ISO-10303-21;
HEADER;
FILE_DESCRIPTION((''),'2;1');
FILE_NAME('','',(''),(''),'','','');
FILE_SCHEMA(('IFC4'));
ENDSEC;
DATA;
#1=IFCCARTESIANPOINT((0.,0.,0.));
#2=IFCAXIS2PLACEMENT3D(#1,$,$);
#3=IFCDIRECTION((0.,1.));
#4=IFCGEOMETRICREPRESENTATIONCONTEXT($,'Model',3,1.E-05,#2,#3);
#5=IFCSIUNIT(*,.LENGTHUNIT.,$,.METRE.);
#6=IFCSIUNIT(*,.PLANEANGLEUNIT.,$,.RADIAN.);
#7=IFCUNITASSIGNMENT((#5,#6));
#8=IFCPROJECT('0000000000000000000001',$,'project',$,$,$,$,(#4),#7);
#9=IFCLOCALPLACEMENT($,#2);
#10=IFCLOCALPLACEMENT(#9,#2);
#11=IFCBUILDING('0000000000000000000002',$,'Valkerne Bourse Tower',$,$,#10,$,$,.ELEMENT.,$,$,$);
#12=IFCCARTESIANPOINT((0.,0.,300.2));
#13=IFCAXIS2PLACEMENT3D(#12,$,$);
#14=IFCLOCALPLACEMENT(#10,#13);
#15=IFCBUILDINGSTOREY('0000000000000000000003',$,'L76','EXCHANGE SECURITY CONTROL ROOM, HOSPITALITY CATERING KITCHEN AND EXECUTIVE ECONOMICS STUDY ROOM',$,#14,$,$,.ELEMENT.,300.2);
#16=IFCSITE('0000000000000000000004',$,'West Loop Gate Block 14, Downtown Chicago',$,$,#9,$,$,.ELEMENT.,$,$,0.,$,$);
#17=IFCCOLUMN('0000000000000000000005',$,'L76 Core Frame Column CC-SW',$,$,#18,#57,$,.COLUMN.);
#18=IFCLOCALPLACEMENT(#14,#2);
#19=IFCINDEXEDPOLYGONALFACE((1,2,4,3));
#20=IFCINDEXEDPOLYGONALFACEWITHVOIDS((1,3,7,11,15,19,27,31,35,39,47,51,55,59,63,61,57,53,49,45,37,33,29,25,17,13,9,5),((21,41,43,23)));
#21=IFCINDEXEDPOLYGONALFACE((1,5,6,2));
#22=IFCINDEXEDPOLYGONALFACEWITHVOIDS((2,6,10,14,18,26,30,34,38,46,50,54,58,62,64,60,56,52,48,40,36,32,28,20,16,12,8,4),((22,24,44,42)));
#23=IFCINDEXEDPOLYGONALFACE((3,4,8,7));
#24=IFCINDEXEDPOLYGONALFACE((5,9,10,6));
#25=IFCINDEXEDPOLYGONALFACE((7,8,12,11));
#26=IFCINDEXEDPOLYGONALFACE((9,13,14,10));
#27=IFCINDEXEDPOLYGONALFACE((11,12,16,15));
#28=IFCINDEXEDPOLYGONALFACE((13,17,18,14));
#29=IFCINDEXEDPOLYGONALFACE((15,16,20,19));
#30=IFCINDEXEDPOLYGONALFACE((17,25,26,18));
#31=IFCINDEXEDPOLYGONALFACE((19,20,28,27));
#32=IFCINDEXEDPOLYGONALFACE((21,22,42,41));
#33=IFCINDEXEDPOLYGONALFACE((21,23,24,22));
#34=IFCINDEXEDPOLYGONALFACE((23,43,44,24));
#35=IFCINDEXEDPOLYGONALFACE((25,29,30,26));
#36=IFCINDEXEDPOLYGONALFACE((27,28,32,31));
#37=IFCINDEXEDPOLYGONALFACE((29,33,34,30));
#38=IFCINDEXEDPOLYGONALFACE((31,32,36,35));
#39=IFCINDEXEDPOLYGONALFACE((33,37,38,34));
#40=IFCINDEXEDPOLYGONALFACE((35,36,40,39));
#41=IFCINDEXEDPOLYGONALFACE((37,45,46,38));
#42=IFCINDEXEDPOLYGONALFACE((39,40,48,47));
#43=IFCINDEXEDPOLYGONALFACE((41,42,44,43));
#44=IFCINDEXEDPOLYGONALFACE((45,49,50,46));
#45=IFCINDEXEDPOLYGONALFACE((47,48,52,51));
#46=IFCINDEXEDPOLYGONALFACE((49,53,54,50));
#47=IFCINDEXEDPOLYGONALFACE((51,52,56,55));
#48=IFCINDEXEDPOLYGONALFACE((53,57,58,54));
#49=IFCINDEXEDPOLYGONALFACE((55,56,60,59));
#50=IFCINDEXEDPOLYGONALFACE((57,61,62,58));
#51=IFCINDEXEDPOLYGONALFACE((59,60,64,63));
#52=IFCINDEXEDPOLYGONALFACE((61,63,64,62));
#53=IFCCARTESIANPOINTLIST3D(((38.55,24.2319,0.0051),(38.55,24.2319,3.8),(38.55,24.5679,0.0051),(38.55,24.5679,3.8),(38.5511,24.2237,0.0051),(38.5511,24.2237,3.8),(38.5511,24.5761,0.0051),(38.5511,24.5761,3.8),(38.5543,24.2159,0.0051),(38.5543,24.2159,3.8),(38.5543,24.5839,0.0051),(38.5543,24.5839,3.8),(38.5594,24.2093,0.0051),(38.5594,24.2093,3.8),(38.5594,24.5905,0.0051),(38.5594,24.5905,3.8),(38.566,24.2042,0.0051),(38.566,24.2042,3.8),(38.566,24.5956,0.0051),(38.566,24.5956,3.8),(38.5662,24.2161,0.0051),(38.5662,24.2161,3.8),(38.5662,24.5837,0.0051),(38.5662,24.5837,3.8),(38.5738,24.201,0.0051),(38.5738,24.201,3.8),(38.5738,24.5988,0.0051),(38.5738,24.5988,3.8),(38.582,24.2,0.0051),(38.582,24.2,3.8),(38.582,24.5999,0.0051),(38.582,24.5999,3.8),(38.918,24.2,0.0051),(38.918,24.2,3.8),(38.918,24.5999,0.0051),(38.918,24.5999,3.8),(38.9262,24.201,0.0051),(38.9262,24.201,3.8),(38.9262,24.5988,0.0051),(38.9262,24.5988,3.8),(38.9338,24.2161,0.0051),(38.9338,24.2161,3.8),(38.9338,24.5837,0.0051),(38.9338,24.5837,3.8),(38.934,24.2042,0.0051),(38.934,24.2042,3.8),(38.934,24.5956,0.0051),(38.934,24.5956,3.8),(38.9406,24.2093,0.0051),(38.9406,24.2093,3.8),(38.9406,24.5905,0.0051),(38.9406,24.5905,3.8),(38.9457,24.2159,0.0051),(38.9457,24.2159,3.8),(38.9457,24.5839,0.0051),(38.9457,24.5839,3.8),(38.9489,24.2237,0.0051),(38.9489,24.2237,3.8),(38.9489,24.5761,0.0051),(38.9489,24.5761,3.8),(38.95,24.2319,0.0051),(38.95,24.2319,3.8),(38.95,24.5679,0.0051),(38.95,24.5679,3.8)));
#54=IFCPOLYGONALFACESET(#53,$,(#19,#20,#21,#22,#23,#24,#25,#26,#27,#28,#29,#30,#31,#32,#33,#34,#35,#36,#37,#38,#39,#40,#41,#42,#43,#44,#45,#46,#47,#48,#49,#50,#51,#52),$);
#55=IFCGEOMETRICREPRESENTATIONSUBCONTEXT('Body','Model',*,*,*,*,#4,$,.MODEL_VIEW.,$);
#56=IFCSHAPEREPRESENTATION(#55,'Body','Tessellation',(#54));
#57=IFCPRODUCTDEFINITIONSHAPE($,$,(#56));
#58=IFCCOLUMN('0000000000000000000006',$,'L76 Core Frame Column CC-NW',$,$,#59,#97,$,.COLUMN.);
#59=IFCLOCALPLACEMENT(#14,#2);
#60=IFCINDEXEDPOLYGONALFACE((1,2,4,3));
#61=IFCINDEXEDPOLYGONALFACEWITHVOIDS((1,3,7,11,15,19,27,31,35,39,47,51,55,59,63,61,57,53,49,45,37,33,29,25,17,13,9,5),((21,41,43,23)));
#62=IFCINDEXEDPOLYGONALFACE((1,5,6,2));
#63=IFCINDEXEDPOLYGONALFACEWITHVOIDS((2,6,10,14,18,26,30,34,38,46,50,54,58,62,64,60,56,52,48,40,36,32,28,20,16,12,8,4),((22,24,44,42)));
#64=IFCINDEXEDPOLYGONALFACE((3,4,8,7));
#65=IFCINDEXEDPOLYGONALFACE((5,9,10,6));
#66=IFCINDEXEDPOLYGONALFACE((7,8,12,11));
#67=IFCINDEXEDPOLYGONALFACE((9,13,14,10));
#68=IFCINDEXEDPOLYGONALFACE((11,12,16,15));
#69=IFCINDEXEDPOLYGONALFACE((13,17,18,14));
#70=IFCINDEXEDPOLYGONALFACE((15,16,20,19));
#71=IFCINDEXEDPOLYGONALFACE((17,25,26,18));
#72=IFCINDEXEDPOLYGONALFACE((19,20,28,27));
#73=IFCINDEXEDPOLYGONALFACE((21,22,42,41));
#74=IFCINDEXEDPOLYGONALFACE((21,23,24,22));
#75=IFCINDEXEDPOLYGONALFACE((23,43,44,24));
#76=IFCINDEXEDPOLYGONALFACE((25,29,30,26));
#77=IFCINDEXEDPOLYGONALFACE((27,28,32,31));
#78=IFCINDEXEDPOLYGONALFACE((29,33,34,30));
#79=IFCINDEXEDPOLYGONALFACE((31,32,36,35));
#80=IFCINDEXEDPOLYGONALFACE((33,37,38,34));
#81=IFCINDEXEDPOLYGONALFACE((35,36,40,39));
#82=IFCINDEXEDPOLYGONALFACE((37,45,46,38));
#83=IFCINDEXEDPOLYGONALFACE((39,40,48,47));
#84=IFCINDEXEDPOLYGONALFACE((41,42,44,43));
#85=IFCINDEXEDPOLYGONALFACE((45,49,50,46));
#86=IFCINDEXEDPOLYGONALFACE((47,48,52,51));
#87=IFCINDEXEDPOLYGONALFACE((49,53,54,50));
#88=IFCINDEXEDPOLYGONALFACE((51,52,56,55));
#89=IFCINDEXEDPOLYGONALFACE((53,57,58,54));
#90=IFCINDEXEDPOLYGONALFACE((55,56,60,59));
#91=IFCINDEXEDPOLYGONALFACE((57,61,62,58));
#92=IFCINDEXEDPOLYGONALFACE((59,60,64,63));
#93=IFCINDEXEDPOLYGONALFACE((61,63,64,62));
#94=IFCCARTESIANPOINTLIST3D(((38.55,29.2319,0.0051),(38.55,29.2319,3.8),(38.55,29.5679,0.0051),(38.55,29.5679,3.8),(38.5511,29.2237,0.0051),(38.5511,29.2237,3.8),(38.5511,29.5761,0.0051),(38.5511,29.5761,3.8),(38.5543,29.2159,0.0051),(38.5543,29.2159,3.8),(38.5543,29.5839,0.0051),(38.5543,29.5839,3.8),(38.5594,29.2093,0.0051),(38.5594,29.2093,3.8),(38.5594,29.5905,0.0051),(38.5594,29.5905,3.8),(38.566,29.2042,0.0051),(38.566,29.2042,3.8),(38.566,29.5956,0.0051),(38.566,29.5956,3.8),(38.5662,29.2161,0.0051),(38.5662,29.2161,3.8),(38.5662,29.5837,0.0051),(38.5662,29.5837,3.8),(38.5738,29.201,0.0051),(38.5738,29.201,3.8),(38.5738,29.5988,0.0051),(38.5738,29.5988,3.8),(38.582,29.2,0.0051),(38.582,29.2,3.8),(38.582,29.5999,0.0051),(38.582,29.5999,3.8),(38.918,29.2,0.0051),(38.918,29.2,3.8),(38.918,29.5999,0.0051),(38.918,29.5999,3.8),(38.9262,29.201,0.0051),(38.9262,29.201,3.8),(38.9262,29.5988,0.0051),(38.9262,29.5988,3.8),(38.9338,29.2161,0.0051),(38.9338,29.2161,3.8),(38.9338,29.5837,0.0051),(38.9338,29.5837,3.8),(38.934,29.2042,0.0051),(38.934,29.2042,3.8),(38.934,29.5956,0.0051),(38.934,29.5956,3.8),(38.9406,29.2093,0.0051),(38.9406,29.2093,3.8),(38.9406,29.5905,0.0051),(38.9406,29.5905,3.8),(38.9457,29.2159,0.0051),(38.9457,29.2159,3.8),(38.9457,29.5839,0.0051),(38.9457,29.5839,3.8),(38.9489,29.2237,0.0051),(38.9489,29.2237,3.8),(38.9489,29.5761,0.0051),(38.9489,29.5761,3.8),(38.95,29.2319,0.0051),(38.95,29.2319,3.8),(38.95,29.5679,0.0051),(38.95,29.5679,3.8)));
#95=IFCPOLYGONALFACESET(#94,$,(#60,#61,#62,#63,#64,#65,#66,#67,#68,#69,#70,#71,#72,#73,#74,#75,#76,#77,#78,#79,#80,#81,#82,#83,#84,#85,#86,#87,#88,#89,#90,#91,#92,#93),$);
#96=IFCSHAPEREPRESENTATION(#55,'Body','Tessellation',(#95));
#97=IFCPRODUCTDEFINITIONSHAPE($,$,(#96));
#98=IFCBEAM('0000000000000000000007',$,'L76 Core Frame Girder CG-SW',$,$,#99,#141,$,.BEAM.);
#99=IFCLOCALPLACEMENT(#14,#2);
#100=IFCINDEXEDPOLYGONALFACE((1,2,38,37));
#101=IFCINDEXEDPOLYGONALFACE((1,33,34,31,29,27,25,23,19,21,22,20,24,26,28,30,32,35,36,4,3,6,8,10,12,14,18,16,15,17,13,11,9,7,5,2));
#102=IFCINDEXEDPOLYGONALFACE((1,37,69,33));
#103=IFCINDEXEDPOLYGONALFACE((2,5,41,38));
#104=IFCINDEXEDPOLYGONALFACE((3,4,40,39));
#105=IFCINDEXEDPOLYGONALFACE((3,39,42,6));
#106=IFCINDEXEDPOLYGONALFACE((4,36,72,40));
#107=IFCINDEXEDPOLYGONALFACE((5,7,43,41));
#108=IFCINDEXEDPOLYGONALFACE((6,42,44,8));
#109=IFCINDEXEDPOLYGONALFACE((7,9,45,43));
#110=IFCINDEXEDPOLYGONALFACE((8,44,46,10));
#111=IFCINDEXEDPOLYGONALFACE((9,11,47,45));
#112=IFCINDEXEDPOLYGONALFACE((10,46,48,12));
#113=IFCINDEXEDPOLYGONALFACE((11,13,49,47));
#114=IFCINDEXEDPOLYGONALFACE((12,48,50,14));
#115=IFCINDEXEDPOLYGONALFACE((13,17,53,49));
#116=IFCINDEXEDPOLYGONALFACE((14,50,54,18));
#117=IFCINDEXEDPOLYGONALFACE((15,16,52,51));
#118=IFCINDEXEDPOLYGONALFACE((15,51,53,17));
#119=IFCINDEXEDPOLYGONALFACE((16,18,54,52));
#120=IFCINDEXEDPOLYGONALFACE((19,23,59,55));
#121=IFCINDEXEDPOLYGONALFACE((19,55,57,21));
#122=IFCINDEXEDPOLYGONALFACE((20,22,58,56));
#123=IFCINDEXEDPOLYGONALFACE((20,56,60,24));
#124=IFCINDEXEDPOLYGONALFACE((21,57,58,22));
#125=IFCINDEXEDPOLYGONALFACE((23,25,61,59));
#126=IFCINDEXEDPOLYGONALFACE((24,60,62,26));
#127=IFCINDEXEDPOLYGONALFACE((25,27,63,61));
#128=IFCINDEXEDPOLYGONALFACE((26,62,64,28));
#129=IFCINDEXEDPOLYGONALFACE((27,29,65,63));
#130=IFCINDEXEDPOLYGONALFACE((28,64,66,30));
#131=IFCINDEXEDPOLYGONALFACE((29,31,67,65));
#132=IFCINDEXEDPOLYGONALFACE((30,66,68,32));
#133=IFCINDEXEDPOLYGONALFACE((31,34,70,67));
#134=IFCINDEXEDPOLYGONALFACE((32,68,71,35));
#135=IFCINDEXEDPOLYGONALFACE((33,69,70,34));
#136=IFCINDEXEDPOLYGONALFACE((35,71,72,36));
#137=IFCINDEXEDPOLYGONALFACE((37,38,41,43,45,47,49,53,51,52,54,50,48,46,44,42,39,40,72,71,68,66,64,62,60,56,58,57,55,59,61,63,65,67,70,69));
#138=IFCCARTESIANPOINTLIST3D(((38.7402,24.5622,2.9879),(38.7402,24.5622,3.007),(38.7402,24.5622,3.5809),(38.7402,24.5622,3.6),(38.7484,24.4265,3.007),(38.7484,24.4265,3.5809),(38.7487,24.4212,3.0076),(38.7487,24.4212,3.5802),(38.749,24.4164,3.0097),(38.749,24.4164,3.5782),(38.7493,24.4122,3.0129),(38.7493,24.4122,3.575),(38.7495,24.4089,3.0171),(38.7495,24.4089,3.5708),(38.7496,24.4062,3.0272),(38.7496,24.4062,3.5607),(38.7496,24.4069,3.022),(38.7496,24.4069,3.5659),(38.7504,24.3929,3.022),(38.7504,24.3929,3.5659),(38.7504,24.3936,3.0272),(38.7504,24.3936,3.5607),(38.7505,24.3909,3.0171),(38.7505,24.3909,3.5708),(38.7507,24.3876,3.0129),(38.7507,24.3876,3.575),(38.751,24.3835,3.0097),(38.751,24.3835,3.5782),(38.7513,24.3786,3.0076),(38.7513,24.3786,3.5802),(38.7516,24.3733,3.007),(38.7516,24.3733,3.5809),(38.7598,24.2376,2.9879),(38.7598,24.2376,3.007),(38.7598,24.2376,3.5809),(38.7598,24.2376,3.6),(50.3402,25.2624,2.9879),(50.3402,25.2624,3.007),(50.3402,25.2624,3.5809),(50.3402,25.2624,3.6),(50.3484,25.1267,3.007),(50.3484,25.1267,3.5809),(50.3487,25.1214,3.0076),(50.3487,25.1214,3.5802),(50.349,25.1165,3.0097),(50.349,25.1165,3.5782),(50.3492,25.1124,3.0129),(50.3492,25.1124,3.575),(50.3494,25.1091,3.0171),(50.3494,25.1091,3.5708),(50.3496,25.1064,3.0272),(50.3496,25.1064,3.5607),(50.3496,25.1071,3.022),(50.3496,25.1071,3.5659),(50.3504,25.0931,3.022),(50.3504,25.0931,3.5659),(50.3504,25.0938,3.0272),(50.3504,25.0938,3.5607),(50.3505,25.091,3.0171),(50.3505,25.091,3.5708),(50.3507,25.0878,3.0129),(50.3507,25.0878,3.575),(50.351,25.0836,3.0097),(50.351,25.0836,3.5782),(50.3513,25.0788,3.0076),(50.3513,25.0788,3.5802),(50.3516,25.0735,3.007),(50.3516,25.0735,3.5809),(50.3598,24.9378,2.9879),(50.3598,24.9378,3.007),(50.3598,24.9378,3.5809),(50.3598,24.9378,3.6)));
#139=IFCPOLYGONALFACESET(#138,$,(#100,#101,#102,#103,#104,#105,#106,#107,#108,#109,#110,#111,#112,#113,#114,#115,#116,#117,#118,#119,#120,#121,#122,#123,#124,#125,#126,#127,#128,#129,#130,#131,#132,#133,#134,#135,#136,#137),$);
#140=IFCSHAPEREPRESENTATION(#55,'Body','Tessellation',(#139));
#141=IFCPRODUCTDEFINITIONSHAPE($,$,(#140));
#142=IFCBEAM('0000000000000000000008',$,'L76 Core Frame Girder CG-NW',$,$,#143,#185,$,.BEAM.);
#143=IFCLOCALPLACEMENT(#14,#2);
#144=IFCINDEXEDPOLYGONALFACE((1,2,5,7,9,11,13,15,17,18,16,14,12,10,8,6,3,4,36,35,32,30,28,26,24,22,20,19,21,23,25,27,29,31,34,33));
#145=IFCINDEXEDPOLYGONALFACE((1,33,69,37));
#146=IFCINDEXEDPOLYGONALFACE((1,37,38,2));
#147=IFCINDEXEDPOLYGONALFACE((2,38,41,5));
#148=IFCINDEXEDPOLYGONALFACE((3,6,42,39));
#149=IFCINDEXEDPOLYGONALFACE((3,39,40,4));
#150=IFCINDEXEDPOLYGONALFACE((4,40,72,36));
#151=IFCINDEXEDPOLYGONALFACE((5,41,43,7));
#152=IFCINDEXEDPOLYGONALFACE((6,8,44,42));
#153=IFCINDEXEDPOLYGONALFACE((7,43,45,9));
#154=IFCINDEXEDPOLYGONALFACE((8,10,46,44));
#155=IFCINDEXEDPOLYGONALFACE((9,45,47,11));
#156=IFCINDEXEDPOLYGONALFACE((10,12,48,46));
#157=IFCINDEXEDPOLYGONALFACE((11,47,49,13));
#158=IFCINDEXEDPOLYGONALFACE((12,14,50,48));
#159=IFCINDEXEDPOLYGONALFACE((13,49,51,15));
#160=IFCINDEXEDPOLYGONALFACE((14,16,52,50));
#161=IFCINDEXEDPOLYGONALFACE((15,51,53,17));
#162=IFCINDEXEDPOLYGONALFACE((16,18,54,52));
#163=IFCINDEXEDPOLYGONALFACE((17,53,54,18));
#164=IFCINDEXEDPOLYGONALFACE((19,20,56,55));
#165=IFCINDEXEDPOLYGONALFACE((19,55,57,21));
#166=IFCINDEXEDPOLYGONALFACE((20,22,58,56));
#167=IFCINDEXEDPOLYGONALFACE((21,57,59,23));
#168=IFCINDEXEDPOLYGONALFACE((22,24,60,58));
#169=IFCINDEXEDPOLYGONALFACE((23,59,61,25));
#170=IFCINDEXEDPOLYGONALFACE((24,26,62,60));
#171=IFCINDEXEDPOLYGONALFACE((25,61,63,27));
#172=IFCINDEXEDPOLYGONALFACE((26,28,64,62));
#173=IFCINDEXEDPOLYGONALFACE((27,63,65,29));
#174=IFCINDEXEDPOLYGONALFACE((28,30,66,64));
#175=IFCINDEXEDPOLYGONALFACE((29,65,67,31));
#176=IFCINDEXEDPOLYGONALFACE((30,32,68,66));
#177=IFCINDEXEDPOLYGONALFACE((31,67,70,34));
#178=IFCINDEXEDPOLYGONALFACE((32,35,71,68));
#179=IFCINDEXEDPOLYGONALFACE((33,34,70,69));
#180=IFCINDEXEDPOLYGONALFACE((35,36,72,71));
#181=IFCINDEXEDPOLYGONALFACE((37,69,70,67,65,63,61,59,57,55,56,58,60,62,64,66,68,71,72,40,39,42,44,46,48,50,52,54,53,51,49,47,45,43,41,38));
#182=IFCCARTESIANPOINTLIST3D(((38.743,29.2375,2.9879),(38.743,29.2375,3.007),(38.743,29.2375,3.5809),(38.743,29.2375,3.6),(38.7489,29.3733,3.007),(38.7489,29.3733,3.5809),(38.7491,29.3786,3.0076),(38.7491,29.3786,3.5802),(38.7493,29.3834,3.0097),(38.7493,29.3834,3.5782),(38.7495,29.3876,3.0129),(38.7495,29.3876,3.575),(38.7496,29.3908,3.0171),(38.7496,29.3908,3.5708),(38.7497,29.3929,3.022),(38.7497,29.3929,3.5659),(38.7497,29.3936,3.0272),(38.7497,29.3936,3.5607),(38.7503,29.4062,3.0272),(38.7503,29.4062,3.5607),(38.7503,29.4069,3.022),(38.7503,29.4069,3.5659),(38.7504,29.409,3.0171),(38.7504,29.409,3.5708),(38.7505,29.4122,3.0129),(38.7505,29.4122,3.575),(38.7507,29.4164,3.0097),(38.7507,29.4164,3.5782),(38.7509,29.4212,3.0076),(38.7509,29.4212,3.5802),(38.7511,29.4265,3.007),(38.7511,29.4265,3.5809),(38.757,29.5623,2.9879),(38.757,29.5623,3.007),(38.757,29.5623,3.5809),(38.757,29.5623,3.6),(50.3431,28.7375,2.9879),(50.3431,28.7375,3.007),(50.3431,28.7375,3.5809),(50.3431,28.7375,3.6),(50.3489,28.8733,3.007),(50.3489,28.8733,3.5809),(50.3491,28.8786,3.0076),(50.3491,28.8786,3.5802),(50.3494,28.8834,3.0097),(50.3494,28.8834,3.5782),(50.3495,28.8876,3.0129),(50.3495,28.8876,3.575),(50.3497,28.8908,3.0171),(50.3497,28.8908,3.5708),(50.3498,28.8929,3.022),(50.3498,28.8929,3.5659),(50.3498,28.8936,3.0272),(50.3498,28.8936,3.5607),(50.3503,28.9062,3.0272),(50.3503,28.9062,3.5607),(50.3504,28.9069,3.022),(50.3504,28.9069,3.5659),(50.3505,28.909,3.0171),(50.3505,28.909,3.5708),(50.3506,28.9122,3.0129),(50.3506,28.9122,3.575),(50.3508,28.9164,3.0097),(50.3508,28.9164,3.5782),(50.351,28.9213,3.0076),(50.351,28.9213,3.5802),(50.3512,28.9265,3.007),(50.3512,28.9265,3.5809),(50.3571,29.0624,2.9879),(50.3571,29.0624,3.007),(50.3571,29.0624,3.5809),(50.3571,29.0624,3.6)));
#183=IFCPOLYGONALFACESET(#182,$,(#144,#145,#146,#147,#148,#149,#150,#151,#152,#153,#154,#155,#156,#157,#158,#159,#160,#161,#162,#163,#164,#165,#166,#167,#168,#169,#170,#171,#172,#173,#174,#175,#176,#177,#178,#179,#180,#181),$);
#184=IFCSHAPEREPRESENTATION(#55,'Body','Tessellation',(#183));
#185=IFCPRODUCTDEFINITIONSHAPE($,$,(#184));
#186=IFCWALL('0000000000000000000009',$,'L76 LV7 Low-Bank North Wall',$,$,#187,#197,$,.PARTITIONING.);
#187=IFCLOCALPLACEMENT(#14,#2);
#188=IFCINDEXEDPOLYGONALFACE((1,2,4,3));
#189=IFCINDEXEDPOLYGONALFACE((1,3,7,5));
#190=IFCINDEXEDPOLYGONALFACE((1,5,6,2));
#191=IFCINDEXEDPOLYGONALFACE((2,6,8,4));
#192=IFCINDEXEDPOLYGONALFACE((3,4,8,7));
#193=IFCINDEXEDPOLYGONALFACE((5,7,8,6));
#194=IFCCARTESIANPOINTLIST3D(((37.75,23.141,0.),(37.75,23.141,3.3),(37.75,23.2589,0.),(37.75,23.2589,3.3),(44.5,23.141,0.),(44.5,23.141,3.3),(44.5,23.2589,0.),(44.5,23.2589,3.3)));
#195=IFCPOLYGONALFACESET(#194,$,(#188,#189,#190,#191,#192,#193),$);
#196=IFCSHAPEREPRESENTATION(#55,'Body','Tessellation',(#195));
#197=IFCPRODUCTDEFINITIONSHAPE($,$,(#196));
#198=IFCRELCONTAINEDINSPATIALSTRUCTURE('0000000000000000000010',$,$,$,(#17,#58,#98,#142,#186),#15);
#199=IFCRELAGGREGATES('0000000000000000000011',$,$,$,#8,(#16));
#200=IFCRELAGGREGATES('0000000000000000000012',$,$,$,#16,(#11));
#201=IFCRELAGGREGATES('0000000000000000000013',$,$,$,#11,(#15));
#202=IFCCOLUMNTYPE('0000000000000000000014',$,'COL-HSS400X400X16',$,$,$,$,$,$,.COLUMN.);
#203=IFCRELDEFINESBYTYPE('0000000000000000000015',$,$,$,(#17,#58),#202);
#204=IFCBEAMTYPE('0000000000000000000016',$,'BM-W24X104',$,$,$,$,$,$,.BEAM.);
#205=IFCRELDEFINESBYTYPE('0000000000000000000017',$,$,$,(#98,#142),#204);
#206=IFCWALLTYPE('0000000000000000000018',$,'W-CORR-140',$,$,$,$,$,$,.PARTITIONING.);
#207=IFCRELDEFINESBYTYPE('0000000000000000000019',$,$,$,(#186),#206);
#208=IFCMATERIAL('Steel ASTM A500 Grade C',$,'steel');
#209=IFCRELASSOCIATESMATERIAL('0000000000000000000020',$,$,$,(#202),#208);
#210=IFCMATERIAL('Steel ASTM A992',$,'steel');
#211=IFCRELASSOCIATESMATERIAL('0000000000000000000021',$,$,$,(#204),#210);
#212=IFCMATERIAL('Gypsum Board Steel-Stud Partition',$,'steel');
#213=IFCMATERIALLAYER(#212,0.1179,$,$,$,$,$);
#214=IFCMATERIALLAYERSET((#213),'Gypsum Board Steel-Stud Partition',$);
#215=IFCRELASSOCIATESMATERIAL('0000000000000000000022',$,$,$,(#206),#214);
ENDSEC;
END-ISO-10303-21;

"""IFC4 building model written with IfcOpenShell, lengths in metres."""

from ifc_helpers import new_model, si_unit, direction, frame, frame_2d, origin, origin_2d, place, context, subcontext, project, spatial, rectangle, hollow_rectangle, i_section, extrude, material, layer, layer_set, material_profile, profile_set, type_object, element, save


model = new_model("IFC4")

# Units and contexts
model_context = context("Model", 3, precision=1e-05, world=origin(), true_north=direction((0.0, 1.0)))
body_context = subcontext(model_context, "Body", "Model", "MODEL_VIEW")
ifc_project = project(units=[si_unit("LENGTHUNIT", "METRE"), si_unit("PLANEANGLEUNIT", "RADIAN")], contexts=[model_context])

# Site, building, storey
site_placement = place(None, origin())
site = spatial("IfcSite", under=ifc_project, at=site_placement, Name="West Loop Gate Block 14, Downtown Chicago", CompositionType="ELEMENT", RefElevation=0.0)
building_placement = place(site_placement, origin())
building = spatial("IfcBuilding", under=site, at=building_placement, Name="Valkerne Bourse Tower", CompositionType="ELEMENT")
storey_placement = place(building_placement, frame((0.0, 0.0, 300.2)))
storey = spatial("IfcBuildingStorey", under=building, at=storey_placement, Name="L76", Description="EXCHANGE SECURITY CONTROL ROOM, HOSPITALITY CATERING KITCHEN AND EXECUTIVE ECONOMICS STUDY ROOM", CompositionType="ELEMENT", Elevation=300.2)

# Columns
ifc_material_1 = material(Name="Steel ASTM A500 Grade C", Category="steel")
ifc_material_profile_1 = material_profile(ifc_material_1, hollow_rectangle(XDim=0.3999, YDim=0.3999, WallThickness=0.0161, OuterFilletRadius=0.032, at=origin_2d()), Name="HSS400X400X16")
ifc_profile_set_1 = profile_set([ifc_material_profile_1], Name="Steel ASTM A500 Grade C")
column_type = type_object("IfcColumnType", Name="COL-HSS400X400X16", PredefinedType="COLUMN", material=ifc_profile_set_1)
for number, where, z_axis, x_axis, name in (
    (1, (38.75, 24.3999, 0.0051), (0.0, 0.0, 1.0), (1.0, 0.0, 0.0), "L76 Core Frame Column CC-SW"),
    (2, (38.75, 29.3999, 0.0051), (0.0, 0.0, 1.0), (1.0, 0.0, 0.0), "L76 Core Frame Column CC-NW"),
):
    element("IfcColumn", number, at=place(storey_placement, frame(where, z_axis=z_axis, x_axis=x_axis)), inside=storey, type_object=column_type, Name=name, PredefinedType="COLUMN", context=body_context, shape_type="SweptSolid", body=[
        extrude(hollow_rectangle(XDim=0.3999, YDim=0.3999, WallThickness=0.0161, OuterFilletRadius=0.032, at=origin_2d()), origin(), (0.0, 0.0, 1.0), 3.7949),
    ])

# Beams
ifc_material_2 = material(Name="Steel ASTM A992", Category="steel")
ifc_material_profile_2 = material_profile(ifc_material_2, i_section(OverallWidth=0.3252, OverallDepth=0.6121, WebThickness=0.0127, FlangeThickness=0.019, FilletRadius=0.0203, at=origin_2d()), Name="W24X104")
ifc_profile_set_2 = profile_set([ifc_material_profile_2], Name="Steel ASTM A992")
beam_type = type_object("IfcBeamType", Name="BM-W24X104", PredefinedType="BEAM", material=ifc_profile_set_2)
beam_1_placement = place(storey_placement, frame((38.75, 24.3999, 3.2939), z_axis=(0.998183, 0.060251, 0.0), x_axis=(-0.060251, 0.998183, 0.0)))
element("IfcBeam", 3, at=beam_1_placement, inside=storey, type_object=beam_type, Name="L76 Core Frame Girder CG-SW", PredefinedType="BEAM", context=body_context, shape_type="SweptSolid", body=[
    extrude(i_section(OverallWidth=0.3252, OverallDepth=0.6121, WebThickness=0.0127, FlangeThickness=0.019, FilletRadius=0.0203, at=origin_2d()), origin(), (0.0, 0.0, 1.0), 11.6211),
])
beam_2_placement = place(storey_placement, frame((38.75, 29.3999, 3.2939), z_axis=(0.999072, -0.043063, 0.0), x_axis=(0.043063, 0.999072, 0.0)))
element("IfcBeam", 4, at=beam_2_placement, inside=storey, type_object=beam_type, Name="L76 Core Frame Girder CG-NW", PredefinedType="BEAM", context=body_context, shape_type="SweptSolid", body=[
    extrude(i_section(OverallWidth=0.3252, OverallDepth=0.6121, WebThickness=0.0127, FlangeThickness=0.019, FilletRadius=0.0203, at=origin_2d()), origin(), (0.0, 0.0, 1.0), 11.6108),
])

# Wall
ifc_material_3 = material(Name="Gypsum Board Steel-Stud Partition", Category="steel")
ifc_layer_1 = layer(ifc_material_3, 0.1179)
ifc_layer_set_1 = layer_set([ifc_layer_1], Name="Gypsum Board Steel-Stud Partition")
wall_type_1 = type_object("IfcWallType", Name="W-CORR-140", PredefinedType="PARTITIONING", material=ifc_layer_set_1)
wall_1_placement = place(storey_placement, frame((37.75, 23.2, 0.0), z_axis=(0.0, 0.0, 1.0), x_axis=(1.0, 0.0, 0.0)))
element("IfcWall", 5, at=wall_1_placement, inside=storey, type_object=wall_type_1, Name="L76 LV7 Low-Bank North Wall", PredefinedType="PARTITIONING", context=body_context, shape_type="SweptSolid", body=[
    extrude(rectangle(XDim=6.75, YDim=0.1179, at=frame_2d((3.375, 0.0))), origin(), (0.0, 0.0, 1.0), 3.3),
])

save(model, "model.ifc")
